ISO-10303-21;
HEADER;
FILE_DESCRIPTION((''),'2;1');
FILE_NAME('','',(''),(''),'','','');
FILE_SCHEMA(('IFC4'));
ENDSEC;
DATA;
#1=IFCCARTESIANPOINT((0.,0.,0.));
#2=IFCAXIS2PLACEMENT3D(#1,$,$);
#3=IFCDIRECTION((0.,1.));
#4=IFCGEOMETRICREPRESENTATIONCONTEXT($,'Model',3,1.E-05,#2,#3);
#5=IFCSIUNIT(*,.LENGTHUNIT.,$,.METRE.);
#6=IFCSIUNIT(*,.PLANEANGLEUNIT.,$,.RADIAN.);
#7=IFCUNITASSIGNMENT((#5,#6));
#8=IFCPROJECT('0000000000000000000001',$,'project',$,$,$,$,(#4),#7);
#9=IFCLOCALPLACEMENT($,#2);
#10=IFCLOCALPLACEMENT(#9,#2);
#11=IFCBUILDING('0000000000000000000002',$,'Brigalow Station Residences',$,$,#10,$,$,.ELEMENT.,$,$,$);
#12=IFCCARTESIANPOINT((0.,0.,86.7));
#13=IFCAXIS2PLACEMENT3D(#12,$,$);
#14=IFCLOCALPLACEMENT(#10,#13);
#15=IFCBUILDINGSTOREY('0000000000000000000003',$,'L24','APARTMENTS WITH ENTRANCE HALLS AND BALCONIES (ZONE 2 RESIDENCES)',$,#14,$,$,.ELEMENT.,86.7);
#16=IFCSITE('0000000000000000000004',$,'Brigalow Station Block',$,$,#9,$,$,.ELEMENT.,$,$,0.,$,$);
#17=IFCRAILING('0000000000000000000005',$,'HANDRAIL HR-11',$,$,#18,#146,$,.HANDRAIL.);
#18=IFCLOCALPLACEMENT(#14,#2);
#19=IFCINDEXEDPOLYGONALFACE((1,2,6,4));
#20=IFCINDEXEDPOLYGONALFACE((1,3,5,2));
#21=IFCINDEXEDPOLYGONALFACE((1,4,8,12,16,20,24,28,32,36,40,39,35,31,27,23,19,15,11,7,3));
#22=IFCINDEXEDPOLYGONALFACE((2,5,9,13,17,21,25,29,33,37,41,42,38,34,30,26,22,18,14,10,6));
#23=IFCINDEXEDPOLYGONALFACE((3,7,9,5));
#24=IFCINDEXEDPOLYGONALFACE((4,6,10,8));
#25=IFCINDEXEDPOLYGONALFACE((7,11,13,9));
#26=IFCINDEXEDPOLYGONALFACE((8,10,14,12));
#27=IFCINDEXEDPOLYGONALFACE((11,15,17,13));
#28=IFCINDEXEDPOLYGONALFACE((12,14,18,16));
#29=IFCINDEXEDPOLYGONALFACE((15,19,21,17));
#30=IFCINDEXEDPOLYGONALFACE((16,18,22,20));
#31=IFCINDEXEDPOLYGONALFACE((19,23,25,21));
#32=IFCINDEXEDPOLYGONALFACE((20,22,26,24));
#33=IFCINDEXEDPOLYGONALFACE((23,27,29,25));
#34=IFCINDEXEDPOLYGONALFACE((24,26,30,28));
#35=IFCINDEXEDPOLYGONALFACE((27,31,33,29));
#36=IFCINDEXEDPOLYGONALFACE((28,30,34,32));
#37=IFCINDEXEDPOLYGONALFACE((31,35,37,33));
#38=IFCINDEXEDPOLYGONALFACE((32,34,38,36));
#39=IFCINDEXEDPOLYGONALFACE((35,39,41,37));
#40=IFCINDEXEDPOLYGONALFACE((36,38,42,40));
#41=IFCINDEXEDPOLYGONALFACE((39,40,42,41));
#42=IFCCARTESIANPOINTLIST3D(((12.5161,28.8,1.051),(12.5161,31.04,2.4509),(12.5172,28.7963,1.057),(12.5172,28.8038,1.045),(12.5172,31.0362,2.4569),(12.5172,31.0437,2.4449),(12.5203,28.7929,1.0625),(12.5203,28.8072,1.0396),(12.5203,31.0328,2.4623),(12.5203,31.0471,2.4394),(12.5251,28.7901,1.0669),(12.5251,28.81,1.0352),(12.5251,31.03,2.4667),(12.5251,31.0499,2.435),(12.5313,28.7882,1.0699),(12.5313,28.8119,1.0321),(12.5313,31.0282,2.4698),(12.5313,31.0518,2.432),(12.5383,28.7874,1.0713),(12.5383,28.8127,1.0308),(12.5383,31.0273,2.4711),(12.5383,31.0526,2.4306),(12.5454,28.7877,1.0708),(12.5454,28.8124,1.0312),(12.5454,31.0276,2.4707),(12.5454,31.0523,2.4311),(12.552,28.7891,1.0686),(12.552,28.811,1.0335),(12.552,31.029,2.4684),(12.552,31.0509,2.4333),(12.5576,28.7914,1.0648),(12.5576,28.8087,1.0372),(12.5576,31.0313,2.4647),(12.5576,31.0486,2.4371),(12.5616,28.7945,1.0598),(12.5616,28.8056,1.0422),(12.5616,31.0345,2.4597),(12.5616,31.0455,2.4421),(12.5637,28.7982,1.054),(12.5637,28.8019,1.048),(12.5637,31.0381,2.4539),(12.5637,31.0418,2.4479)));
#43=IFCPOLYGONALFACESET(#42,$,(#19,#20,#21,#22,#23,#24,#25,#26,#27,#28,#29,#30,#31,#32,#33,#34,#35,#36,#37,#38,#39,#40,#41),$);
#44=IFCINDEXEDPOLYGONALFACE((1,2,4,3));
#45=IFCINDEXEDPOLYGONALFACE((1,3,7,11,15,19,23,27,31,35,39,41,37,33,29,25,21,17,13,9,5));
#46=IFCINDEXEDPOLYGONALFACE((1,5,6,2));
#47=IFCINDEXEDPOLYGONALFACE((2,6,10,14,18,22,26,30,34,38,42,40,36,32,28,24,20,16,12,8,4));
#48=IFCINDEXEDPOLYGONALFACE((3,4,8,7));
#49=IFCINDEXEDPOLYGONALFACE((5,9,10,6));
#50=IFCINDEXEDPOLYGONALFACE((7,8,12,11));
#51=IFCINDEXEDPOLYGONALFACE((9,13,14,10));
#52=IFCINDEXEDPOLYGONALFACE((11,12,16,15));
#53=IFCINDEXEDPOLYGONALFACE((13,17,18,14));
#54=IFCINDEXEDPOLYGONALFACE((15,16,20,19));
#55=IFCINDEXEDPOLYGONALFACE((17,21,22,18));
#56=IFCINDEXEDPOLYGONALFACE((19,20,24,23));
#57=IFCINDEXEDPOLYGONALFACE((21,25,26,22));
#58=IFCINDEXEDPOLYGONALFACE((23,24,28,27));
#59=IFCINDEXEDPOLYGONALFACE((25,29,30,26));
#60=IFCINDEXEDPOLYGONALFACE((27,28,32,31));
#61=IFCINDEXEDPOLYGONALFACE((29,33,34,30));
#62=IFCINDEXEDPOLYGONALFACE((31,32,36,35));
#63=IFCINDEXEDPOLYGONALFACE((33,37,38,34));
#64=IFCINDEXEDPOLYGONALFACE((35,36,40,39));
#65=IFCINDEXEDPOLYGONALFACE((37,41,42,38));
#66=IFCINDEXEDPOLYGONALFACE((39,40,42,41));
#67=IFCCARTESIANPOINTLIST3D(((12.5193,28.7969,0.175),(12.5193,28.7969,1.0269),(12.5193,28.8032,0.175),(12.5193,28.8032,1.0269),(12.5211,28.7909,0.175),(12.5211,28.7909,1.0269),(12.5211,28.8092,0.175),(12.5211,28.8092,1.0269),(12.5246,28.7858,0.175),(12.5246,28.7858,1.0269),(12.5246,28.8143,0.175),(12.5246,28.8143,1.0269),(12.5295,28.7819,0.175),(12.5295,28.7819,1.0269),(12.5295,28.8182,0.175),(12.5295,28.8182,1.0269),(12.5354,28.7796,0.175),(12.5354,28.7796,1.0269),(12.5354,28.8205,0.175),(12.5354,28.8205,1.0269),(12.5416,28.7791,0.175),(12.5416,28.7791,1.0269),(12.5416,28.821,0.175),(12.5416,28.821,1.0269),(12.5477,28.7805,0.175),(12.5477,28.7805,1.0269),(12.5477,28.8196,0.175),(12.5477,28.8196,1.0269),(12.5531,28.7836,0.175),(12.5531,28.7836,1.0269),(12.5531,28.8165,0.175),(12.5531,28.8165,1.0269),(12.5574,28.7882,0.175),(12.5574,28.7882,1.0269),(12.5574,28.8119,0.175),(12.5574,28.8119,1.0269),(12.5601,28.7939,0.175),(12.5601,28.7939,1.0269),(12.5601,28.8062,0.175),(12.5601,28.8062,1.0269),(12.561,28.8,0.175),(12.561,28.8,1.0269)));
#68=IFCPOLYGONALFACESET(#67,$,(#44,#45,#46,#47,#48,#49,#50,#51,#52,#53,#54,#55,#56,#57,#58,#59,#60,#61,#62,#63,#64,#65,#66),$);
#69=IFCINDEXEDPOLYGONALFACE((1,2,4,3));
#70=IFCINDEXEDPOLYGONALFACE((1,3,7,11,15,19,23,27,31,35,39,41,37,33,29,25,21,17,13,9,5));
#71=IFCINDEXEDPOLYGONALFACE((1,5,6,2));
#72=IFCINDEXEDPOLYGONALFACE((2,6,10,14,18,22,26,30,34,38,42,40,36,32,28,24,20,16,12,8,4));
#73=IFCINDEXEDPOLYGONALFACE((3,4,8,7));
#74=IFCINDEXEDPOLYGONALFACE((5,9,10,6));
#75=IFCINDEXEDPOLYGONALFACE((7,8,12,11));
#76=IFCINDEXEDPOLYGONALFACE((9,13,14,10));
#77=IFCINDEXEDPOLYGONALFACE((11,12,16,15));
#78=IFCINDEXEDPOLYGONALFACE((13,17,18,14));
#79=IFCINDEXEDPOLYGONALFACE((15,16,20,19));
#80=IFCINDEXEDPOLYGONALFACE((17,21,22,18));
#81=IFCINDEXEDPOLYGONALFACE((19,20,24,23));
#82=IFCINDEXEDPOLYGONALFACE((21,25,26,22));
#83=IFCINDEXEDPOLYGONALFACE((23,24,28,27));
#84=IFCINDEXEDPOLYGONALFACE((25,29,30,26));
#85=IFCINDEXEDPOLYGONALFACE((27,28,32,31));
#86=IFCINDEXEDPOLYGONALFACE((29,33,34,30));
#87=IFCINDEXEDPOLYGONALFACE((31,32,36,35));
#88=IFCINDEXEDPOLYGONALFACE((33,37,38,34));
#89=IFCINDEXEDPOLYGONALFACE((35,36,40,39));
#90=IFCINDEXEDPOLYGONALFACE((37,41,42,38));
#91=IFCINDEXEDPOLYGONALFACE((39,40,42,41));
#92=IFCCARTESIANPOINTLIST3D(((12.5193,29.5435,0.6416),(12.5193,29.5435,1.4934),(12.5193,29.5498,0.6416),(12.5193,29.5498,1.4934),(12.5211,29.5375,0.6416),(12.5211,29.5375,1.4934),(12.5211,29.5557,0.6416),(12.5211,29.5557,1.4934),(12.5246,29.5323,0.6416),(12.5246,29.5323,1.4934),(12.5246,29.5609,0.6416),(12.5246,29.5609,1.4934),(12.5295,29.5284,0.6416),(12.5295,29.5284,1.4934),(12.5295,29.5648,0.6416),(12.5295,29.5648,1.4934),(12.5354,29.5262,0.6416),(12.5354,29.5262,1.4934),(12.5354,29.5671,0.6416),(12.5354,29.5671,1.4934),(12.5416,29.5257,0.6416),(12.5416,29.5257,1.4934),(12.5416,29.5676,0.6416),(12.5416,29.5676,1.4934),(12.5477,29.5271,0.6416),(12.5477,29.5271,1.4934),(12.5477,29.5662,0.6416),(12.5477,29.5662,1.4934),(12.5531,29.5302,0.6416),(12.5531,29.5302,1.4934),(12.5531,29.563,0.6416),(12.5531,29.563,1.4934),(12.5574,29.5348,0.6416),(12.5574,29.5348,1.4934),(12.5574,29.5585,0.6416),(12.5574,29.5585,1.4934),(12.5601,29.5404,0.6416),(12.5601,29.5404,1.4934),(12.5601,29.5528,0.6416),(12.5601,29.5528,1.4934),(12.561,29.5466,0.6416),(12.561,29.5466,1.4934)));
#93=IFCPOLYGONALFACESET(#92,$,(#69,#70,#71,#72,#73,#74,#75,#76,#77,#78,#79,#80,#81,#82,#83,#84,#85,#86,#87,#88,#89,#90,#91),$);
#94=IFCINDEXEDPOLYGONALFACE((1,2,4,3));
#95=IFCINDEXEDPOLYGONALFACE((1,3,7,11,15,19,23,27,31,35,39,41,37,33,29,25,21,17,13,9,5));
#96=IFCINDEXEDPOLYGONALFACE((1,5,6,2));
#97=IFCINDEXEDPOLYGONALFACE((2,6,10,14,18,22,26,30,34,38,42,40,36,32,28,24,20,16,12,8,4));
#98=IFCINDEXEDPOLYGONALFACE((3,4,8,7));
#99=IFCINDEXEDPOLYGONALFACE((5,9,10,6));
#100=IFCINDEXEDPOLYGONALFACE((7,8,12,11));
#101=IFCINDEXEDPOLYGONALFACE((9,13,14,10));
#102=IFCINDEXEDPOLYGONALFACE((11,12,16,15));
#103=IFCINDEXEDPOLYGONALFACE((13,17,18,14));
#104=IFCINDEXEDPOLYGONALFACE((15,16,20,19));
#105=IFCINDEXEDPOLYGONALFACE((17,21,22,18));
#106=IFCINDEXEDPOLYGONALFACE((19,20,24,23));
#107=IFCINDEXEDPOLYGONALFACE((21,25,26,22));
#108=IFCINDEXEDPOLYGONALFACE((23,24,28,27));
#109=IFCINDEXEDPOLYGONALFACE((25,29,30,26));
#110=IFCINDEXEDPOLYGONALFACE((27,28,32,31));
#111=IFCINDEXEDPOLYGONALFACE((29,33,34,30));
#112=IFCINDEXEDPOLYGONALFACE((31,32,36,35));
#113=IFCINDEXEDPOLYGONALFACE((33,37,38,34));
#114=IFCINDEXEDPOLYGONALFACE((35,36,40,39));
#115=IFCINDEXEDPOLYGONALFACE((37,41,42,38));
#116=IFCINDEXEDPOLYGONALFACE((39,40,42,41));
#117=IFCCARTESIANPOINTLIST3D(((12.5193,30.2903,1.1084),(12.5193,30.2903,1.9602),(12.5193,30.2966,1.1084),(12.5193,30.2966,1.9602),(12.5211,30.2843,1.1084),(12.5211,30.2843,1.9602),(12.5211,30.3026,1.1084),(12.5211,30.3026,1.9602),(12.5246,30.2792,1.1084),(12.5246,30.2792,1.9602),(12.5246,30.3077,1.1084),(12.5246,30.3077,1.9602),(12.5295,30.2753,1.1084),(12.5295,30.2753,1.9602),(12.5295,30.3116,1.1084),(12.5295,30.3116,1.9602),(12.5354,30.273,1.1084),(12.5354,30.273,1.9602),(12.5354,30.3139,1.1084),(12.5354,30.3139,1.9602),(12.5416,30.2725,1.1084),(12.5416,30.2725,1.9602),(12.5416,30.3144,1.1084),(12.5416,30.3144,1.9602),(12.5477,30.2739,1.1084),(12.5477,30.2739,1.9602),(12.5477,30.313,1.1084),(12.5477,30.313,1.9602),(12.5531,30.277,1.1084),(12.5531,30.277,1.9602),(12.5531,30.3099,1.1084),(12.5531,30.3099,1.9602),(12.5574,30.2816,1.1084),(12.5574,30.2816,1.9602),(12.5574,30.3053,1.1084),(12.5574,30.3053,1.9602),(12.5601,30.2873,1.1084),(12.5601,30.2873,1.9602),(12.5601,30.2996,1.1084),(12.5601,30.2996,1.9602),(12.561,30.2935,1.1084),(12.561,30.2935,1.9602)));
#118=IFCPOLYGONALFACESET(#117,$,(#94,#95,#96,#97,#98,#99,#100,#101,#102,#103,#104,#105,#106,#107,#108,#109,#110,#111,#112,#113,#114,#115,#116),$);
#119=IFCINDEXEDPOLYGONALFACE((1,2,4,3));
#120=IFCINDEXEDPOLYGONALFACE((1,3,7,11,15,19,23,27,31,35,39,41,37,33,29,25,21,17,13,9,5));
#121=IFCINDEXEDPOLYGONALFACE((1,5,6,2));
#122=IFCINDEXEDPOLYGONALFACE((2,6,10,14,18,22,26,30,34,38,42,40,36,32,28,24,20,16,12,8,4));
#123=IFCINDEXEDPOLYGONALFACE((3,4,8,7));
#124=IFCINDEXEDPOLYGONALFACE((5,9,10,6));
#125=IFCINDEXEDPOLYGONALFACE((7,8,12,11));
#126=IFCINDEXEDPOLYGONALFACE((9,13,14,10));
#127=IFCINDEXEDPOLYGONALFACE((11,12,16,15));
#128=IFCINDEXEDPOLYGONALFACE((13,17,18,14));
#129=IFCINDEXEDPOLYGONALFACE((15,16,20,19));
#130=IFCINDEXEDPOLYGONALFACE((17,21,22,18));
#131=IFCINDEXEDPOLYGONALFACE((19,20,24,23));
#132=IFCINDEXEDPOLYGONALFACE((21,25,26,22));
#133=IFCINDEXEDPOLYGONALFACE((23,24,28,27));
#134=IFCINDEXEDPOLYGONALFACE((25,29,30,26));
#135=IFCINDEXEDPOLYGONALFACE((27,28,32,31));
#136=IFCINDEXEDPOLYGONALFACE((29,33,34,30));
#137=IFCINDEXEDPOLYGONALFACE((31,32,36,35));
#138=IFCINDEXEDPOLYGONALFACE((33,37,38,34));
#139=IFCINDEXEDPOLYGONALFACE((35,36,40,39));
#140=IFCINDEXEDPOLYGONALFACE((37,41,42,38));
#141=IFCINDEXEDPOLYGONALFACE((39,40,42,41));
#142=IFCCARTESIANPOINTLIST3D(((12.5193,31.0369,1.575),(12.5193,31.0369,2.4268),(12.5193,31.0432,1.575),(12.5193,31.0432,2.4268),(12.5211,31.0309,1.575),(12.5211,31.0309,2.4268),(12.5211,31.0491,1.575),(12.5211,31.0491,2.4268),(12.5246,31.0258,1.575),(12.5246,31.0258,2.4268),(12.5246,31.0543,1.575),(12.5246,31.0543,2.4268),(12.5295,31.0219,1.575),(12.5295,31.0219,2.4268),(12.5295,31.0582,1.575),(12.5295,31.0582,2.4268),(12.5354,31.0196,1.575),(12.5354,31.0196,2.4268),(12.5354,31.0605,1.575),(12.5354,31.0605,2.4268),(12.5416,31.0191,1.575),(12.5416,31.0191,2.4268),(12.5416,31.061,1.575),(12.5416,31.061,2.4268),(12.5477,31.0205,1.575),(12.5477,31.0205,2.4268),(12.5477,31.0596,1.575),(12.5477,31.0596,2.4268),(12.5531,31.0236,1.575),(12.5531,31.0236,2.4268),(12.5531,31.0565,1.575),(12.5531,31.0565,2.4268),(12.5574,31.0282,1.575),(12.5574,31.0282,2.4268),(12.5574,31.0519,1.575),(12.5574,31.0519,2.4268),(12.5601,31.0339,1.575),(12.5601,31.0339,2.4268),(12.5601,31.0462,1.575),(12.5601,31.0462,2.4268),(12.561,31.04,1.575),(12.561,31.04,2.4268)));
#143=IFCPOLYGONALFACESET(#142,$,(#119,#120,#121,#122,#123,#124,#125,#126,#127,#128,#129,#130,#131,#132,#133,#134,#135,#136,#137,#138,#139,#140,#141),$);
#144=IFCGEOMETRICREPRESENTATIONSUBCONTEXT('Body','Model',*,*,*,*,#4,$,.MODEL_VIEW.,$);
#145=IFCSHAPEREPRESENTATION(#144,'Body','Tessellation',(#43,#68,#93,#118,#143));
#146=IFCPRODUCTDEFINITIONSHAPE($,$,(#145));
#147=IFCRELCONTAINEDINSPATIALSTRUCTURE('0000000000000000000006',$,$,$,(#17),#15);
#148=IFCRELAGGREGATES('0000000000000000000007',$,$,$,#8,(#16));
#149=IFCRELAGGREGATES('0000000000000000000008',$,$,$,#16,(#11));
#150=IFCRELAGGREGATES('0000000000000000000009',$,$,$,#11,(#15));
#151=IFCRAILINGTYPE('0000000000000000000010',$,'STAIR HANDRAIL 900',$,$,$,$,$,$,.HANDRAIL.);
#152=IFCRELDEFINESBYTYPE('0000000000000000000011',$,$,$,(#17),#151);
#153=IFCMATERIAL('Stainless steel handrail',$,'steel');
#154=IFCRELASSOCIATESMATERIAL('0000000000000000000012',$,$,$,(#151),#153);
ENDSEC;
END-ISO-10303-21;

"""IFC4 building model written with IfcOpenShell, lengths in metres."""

from ifc_helpers import new_model, si_unit, direction, frame, origin, origin_2d, place, context, subcontext, project, spatial, circle, extrude, material, type_object, element, save


model = new_model("IFC4")

# Units and contexts
model_context = context("Model", 3, precision=1e-05, world=origin(), true_north=direction((0.0, 1.0)))
body_context = subcontext(model_context, "Body", "Model", "MODEL_VIEW")
ifc_project = project(units=[si_unit("LENGTHUNIT", "METRE"), si_unit("PLANEANGLEUNIT", "RADIAN")], contexts=[model_context])

# Site, building, storey
site_placement = place(None, origin())
site = spatial("IfcSite", under=ifc_project, at=site_placement, Name="Brigalow Station Block", CompositionType="ELEMENT", RefElevation=0.0)
building_placement = place(site_placement, origin())
building = spatial("IfcBuilding", under=site, at=building_placement, Name="Brigalow Station Residences", CompositionType="ELEMENT")
storey_placement = place(building_placement, frame((0.0, 0.0, 86.7)))
storey = spatial("IfcBuildingStorey", under=building, at=storey_placement, Name="L24", Description="APARTMENTS WITH ENTRANCE HALLS AND BALCONIES (ZONE 2 RESIDENCES)", CompositionType="ELEMENT", Elevation=86.7)

# Railing
ifc_material_1 = material(Name="Stainless steel handrail", Category="steel")
railing_type_1 = type_object("IfcRailingType", Name="STAIR HANDRAIL 900", PredefinedType="HANDRAIL", material=ifc_material_1)
railing_1_placement = place(storey_placement, frame((12.54, 28.8, 0.175)))
element("IfcRailing", 1, at=railing_1_placement, inside=storey, type_object=railing_type_1, Name="HANDRAIL HR-11", PredefinedType="HANDRAIL", context=body_context, shape_type="SweptSolid", body=[
    extrude(circle(Radius=0.0239, at=origin_2d()), frame((0.0, 0.0, 0.876), z_axis=(0.0, 0.848014, 0.529974), x_axis=(-1.0, 0.0, 0.0)), (0.0, 0.0, 1.0), 2.6414),
    extrude(circle(Radius=0.021, at=origin_2d()), origin(), (0.0, 0.0, 1.0), 0.8518),
    extrude(circle(Radius=0.021, at=origin_2d()), frame((0.0, 0.7466, 0.4666)), (0.0, 0.0, 1.0), 0.8518),
    extrude(circle(Radius=0.021, at=origin_2d()), frame((0.0, 1.4934, 0.9333)), (0.0, 0.0, 1.0), 0.8518),
    extrude(circle(Radius=0.021, at=origin_2d()), frame((0.0, 2.24, 1.3999)), (0.0, 0.0, 1.0), 0.8518),
])

save(model, "model.ifc")
